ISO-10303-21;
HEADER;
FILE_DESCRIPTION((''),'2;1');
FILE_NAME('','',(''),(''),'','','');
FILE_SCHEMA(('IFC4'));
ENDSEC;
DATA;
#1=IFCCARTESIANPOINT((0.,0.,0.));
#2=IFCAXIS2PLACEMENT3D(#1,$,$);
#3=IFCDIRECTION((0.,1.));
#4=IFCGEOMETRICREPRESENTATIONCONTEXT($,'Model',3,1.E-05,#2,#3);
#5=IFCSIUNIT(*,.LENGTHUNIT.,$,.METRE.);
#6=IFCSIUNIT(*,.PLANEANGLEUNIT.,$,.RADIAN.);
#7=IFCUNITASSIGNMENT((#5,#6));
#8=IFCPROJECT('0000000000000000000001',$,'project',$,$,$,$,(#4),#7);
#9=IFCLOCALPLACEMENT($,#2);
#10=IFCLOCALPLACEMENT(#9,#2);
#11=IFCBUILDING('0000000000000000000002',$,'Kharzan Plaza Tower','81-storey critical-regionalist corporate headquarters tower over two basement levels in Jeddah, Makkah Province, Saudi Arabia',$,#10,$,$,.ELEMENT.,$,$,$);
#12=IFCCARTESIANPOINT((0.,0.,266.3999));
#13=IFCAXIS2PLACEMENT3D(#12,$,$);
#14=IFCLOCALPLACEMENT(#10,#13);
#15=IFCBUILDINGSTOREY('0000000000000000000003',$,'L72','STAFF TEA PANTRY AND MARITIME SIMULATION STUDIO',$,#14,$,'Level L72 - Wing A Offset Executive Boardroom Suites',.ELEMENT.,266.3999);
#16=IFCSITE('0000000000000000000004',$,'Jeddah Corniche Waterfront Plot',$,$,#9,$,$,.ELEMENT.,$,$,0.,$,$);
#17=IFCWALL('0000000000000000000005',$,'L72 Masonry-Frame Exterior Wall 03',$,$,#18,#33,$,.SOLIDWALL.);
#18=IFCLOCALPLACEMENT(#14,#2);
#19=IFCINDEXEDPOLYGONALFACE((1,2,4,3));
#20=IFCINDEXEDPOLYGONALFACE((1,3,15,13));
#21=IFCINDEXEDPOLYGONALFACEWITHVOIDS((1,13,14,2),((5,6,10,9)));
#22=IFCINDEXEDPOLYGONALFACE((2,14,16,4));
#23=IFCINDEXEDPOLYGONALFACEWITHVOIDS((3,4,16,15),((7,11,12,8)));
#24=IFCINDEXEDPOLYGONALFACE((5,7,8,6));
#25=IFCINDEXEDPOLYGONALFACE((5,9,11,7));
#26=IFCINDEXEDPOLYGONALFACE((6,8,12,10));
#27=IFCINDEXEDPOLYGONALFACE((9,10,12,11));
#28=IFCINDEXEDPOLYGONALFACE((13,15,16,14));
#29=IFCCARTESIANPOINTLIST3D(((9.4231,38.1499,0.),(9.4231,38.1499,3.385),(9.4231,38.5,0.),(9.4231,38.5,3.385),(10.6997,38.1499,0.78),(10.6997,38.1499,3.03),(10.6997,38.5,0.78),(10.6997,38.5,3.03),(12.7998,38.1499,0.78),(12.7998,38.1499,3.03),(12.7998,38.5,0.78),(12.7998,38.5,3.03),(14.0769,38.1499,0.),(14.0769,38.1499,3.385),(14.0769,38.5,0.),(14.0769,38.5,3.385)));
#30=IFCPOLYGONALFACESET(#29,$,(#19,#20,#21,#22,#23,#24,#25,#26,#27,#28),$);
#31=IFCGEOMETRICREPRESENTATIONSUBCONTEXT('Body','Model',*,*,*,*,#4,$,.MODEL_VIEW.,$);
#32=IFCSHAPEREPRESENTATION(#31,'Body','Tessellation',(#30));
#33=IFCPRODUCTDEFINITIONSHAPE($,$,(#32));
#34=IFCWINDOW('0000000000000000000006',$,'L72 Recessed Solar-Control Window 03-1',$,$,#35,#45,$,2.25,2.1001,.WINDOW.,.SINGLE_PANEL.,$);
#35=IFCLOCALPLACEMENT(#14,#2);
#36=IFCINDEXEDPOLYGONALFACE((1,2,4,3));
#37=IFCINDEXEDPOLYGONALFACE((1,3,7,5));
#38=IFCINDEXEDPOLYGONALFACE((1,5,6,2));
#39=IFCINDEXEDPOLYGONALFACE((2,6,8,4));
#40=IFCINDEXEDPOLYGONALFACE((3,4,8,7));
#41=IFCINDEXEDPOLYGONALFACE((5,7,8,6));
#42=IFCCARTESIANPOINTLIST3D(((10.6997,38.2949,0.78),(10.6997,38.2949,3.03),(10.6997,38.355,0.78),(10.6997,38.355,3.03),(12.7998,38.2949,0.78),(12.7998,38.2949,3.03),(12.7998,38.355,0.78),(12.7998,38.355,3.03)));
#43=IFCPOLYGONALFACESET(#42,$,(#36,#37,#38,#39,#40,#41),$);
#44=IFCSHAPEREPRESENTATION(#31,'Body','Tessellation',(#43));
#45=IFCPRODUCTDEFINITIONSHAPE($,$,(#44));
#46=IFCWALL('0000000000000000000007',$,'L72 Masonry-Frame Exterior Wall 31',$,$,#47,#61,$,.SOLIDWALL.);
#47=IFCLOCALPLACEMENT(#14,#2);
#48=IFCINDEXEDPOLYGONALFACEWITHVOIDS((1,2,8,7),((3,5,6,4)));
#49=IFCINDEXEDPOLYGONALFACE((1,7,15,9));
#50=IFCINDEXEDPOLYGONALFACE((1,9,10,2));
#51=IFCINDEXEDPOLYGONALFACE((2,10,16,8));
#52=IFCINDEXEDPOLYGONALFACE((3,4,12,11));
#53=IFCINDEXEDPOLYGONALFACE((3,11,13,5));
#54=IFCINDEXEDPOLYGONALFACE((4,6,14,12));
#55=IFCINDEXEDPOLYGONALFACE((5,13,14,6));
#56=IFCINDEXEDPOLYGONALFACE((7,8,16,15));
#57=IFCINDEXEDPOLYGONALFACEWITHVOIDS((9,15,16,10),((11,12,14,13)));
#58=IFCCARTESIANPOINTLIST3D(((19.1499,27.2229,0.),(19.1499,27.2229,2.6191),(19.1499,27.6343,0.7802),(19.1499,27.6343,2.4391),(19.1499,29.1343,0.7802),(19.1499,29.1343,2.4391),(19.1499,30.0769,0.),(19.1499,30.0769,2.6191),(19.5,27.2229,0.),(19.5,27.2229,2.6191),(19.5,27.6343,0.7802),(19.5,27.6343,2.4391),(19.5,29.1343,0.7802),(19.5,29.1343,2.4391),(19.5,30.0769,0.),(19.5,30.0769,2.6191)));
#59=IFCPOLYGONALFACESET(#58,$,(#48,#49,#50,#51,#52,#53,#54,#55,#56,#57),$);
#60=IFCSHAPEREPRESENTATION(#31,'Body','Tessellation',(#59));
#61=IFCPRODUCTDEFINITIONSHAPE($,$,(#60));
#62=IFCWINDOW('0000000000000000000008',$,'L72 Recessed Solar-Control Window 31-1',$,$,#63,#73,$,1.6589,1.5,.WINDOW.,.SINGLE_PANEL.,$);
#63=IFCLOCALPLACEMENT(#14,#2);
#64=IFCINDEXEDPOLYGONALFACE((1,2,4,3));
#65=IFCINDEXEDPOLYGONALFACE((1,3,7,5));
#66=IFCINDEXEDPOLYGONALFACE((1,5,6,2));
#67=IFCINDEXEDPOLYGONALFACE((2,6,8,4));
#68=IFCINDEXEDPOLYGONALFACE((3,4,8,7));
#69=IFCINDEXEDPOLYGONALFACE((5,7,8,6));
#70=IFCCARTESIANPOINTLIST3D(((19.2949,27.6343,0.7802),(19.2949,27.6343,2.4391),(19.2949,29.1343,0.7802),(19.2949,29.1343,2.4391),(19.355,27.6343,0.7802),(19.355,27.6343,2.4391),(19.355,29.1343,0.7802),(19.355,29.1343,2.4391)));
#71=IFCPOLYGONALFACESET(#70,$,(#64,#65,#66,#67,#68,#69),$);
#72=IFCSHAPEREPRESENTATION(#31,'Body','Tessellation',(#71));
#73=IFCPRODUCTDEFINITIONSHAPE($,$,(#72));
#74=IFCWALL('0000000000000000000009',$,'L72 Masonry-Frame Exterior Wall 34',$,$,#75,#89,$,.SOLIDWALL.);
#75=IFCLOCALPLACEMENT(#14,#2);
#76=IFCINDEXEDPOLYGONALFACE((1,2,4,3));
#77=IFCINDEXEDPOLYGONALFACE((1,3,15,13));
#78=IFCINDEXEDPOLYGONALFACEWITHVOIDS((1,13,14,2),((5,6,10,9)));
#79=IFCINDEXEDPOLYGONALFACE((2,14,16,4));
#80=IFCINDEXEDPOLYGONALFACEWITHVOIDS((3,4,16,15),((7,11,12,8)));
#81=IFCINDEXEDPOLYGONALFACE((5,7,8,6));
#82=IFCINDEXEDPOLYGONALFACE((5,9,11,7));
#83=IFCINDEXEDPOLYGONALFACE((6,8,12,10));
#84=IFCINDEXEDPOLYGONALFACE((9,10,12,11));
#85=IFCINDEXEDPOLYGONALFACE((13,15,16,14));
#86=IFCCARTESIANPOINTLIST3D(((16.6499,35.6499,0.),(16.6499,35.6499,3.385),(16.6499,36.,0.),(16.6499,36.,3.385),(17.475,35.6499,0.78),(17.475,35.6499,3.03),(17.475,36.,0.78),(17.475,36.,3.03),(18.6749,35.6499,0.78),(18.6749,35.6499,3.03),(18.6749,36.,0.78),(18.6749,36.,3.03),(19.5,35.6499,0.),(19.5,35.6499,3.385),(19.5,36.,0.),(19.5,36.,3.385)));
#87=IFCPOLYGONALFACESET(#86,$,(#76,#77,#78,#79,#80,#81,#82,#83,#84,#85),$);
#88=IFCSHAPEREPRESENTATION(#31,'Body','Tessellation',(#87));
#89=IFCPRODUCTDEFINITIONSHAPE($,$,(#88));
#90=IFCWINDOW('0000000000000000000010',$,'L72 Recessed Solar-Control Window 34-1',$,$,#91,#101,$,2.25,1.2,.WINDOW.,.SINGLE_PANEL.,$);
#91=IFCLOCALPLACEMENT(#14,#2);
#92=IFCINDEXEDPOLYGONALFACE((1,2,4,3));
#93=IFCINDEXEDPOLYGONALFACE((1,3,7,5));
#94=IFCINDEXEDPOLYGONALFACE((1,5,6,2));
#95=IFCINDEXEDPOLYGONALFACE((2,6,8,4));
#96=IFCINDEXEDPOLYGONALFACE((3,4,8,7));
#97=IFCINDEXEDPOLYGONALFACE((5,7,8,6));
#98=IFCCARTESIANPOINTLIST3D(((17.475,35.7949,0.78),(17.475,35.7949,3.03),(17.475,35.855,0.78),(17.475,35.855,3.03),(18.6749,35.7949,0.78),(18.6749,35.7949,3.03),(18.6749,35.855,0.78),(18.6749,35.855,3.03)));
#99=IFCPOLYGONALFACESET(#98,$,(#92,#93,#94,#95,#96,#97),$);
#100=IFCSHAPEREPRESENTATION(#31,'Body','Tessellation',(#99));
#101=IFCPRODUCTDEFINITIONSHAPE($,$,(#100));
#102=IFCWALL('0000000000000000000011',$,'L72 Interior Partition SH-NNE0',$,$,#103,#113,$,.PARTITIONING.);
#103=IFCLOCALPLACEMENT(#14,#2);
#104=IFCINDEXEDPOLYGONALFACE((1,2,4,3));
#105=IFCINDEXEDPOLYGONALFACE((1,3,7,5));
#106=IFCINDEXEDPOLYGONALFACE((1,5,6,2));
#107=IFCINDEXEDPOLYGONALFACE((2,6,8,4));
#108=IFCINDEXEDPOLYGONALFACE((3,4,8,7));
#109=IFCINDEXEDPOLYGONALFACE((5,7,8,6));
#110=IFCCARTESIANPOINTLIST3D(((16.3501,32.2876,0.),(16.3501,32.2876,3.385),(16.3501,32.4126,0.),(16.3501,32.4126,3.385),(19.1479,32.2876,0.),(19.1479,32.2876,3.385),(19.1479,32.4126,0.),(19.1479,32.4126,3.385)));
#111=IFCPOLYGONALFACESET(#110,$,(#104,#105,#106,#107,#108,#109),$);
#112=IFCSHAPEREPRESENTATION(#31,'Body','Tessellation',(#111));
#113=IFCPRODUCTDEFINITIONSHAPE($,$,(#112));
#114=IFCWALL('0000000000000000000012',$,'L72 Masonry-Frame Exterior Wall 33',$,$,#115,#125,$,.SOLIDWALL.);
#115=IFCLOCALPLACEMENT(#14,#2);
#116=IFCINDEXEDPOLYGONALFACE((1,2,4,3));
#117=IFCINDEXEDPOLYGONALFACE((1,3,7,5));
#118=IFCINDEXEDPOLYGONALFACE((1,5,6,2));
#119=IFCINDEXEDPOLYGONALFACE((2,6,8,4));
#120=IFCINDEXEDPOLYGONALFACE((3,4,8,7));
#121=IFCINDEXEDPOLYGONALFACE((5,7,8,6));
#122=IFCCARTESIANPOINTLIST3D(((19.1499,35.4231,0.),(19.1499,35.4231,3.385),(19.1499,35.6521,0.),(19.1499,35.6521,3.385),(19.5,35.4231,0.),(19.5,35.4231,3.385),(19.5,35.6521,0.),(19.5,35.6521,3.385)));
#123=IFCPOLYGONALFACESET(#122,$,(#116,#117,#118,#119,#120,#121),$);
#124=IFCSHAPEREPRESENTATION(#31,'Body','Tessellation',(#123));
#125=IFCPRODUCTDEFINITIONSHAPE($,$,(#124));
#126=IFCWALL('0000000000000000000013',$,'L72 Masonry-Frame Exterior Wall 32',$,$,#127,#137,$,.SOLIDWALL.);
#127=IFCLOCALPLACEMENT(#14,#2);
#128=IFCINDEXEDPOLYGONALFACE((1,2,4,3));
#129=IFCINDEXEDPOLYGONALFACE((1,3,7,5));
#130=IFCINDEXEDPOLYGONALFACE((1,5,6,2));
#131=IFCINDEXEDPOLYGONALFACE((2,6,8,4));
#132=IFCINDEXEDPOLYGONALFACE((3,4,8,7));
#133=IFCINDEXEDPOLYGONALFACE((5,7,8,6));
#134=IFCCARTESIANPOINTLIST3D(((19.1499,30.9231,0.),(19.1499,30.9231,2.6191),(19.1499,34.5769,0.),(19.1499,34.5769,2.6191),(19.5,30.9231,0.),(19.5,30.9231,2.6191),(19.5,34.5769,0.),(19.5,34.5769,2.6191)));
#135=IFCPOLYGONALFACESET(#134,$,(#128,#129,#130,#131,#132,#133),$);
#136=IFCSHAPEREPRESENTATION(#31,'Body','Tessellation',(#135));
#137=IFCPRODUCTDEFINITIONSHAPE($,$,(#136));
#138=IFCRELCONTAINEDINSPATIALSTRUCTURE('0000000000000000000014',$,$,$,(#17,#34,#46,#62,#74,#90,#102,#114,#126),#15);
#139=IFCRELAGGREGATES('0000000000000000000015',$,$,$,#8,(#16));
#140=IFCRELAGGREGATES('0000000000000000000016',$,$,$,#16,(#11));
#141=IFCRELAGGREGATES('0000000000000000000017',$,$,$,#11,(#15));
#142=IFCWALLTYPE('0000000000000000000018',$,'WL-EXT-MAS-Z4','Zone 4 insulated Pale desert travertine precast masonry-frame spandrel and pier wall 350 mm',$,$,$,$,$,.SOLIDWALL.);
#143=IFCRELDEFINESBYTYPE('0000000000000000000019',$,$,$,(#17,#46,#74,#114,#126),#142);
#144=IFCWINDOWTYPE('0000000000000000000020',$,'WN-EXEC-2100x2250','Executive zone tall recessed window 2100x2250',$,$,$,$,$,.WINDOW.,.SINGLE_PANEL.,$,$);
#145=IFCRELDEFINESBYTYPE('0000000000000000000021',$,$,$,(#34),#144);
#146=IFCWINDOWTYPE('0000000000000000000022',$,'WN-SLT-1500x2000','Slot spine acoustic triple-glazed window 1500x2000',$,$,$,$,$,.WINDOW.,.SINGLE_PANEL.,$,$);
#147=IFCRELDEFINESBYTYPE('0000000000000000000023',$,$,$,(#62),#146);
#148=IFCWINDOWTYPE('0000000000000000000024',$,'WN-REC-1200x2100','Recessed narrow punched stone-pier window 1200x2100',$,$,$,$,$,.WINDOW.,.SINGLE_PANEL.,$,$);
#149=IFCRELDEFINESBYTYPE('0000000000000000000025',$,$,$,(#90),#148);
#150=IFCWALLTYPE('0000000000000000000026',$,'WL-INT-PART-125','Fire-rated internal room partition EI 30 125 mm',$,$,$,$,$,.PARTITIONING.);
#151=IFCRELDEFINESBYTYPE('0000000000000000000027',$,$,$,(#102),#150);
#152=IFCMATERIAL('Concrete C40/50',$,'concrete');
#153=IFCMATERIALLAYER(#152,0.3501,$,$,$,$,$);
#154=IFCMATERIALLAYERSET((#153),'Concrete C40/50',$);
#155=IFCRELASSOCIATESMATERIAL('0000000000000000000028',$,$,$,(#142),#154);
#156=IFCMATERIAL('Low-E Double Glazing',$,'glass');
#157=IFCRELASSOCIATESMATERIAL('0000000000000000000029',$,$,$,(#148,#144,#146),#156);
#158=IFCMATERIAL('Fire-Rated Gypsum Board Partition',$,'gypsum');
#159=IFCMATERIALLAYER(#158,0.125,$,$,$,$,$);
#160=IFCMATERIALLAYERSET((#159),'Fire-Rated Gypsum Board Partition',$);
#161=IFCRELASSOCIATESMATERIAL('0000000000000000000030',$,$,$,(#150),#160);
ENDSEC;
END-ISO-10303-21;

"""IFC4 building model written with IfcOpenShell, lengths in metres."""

from ifc_helpers import new_model, si_unit, direction, frame, frame_2d, origin, place, context, subcontext, project, spatial, rectangle, extrude, source, transform, mapped, material, layer, layer_set, type_object, element, fill, save


model = new_model("IFC4")

# Units and contexts
model_context = context("Model", 3, precision=1e-05, world=origin(), true_north=direction((0.0, 1.0)))
body_context = subcontext(model_context, "Body", "Model", "MODEL_VIEW")
ifc_project = project(units=[si_unit("LENGTHUNIT", "METRE"), si_unit("PLANEANGLEUNIT", "RADIAN")], contexts=[model_context])

# Site, building, storey
site_placement = place(None, origin())
site = spatial("IfcSite", under=ifc_project, at=site_placement, Name="Jeddah Corniche Waterfront Plot", CompositionType="ELEMENT", RefElevation=0.0)
building_placement = place(site_placement, origin())
building = spatial("IfcBuilding", under=site, at=building_placement, Name="Kharzan Plaza Tower", Description="81-storey critical-regionalist corporate headquarters tower over two basement levels in Jeddah, Makkah Province, Saudi Arabia", CompositionType="ELEMENT")
storey_placement = place(building_placement, frame((0.0, 0.0, 266.3999)))
storey = spatial("IfcBuildingStorey", under=building, at=storey_placement, Name="L72", Description="STAFF TEA PANTRY AND MARITIME SIMULATION STUDIO", LongName="Level L72 - Wing A Offset Executive Boardroom Suites", CompositionType="ELEMENT", Elevation=266.3999)

# Walls, openings, windows
ifc_material_1 = material(Name="Concrete C40/50", Category="concrete")
ifc_layer_1 = layer(ifc_material_1, 0.3501)
ifc_layer_set_1 = layer_set([ifc_layer_1], Name="Concrete C40/50")
wall_type_1 = type_object("IfcWallType", Name="WL-EXT-MAS-Z4", Description="Zone 4 insulated Pale desert travertine precast masonry-frame spandrel and pier wall 350 mm", PredefinedType="SOLIDWALL", material=ifc_layer_set_1)
ifc_material_2 = material(Name="Low-E Double Glazing", Category="glass")
window_type_1 = type_object("IfcWindowType", Name="WN-REC-1200x2100", Description="Recessed narrow punched stone-pier window 1200x2100", PartitioningType="SINGLE_PANEL", PredefinedType="WINDOW", material=ifc_material_2)
shared_shape_1 = source(origin(), body_context, "Body", "SweptSolid", [
    extrude(rectangle(XDim=1.2, YDim=2.25, at=frame_2d((0.6001, 1.125))), frame((0.0, 0.03, 0.0), z_axis=(0.0, -1.0, 0.0), x_axis=(1.0, 0.0, 0.0)), (0.0, 0.0, 1.0), 0.0601),
])
wall_1_placement = place(storey_placement, frame((14.0769, 38.325, 0.0), z_axis=(0.0, 0.0, 1.0), x_axis=(-1.0, 0.0, 0.0)))
wall_1 = element("IfcWall", 1, at=wall_1_placement, inside=storey, type_object=wall_type_1, Name="L72 Masonry-Frame Exterior Wall 03", PredefinedType="SOLIDWALL", context=body_context, shape_type="SweptSolid", body=[
    extrude(rectangle(XDim=4.6538, YDim=0.3501, at=frame_2d((2.3269, 0.0))), origin(), (0.0, 0.0, 1.0), 3.385),
])
opening_1_placement = place(wall_1_placement, frame((1.2771, 0.0, 0.78)))
opening_1 = element("IfcOpeningElement", 2, at=opening_1_placement, cuts=wall_1, PredefinedType="OPENING", context=body_context, shape_type="SweptSolid", body=[
    extrude(rectangle(XDim=2.1001, YDim=2.25, at=frame_2d((1.05, 1.125))), frame((0.0, 0.1851, 0.0), z_axis=(0.0, -1.0, 0.0), x_axis=(1.0, 0.0, 0.0)), (0.0, 0.0, 1.0), 0.3701),
])
window_type_2 = type_object("IfcWindowType", Name="WN-EXEC-2100x2250", Description="Executive zone tall recessed window 2100x2250", PartitioningType="SINGLE_PANEL", PredefinedType="WINDOW", material=ifc_material_2)
shared_shape_2 = source(origin(), body_context, "Body", "SweptSolid", [
    extrude(rectangle(XDim=2.1001, YDim=2.25, at=frame_2d((1.05, 1.125))), frame((0.0, 0.03, 0.0), z_axis=(0.0, -1.0, 0.0), x_axis=(1.0, 0.0, 0.0)), (0.0, 0.0, 1.0), 0.0601),
])
window_1_placement = place(opening_1_placement, origin())
window_1 = element("IfcWindow", 3, at=window_1_placement, inside=storey, type_object=window_type_2, Name="L72 Recessed Solar-Control Window 03-1", OverallHeight=2.25, OverallWidth=2.1001, PartitioningType="SINGLE_PANEL", PredefinedType="WINDOW", context=body_context, shape_type="MappedRepresentation", body=[
    mapped(shared_shape_2, transform((0.0, 0.0, 0.0), x_axis=(1.0, 0.0, 0.0), y_axis=(0.0, 1.0, 0.0), z_axis=(0.0, 0.0, 1.0))),
])
fill(opening_1, window_1)
wall_2_placement = place(storey_placement, frame((19.325, 27.2229, 0.0), z_axis=(0.0, 0.0, 1.0), x_axis=(0.0, 1.0, 0.0)))
wall_2 = element("IfcWall", 4, at=wall_2_placement, inside=storey, type_object=wall_type_1, Name="L72 Masonry-Frame Exterior Wall 31", PredefinedType="SOLIDWALL", context=body_context, shape_type="SweptSolid", body=[
    extrude(rectangle(XDim=2.854, YDim=0.3501, at=frame_2d((1.427, 0.0))), origin(), (0.0, 0.0, 1.0), 2.6191),
])
opening_2_placement = place(wall_2_placement, frame((0.4114, 0.0, 0.78)))
opening_2 = element("IfcOpeningElement", 5, at=opening_2_placement, cuts=wall_2, PredefinedType="OPENING", context=body_context, shape_type="SweptSolid", body=[
    extrude(rectangle(XDim=1.5, YDim=1.6589, at=frame_2d((0.75, 0.8296))), frame((0.0, 0.1851, 0.0), z_axis=(0.0, -1.0, 0.0), x_axis=(1.0, 0.0, 0.0)), (0.0, 0.0, 1.0), 0.3701),
])
window_type_3 = type_object("IfcWindowType", Name="WN-SLT-1500x2000", Description="Slot spine acoustic triple-glazed window 1500x2000", PartitioningType="SINGLE_PANEL", PredefinedType="WINDOW", material=ifc_material_2)
shared_shape_3 = source(origin(), body_context, "Body", "SweptSolid", [
    extrude(rectangle(XDim=1.5, YDim=1.6589, at=frame_2d((0.75, 0.8296))), frame((0.0, 0.03, 0.0), z_axis=(0.0, -1.0, 0.0), x_axis=(1.0, 0.0, 0.0)), (0.0, 0.0, 1.0), 0.0601),
])
window_2_placement = place(opening_2_placement, origin())
window_2 = element("IfcWindow", 6, at=window_2_placement, inside=storey, type_object=window_type_3, Name="L72 Recessed Solar-Control Window 31-1", OverallHeight=1.6589, OverallWidth=1.5, PartitioningType="SINGLE_PANEL", PredefinedType="WINDOW", context=body_context, shape_type="MappedRepresentation", body=[
    mapped(shared_shape_3, transform((0.0, 0.0, 0.0), x_axis=(1.0, 0.0, 0.0), y_axis=(0.0, 1.0, 0.0), z_axis=(0.0, 0.0, 1.0))),
])
fill(opening_2, window_2)
wall_3_placement = place(storey_placement, frame((19.5, 35.825, 0.0), z_axis=(0.0, 0.0, 1.0), x_axis=(-1.0, 0.0, 0.0)))
wall_3 = element("IfcWall", 7, at=wall_3_placement, inside=storey, type_object=wall_type_1, Name="L72 Masonry-Frame Exterior Wall 34", PredefinedType="SOLIDWALL", context=body_context, shape_type="SweptSolid", body=[
    extrude(rectangle(XDim=2.8501, YDim=0.3501, at=frame_2d((1.425, 0.0))), origin(), (0.0, 0.0, 1.0), 3.385),
])
opening_3_placement = place(wall_3_placement, frame((0.825, 0.0, 0.78)))
opening_3 = element("IfcOpeningElement", 8, at=opening_3_placement, cuts=wall_3, PredefinedType="OPENING", context=body_context, shape_type="SweptSolid", body=[
    extrude(rectangle(XDim=1.2, YDim=2.25, at=frame_2d((0.6001, 1.125))), frame((0.0, 0.1851, 0.0), z_axis=(0.0, -1.0, 0.0), x_axis=(1.0, 0.0, 0.0)), (0.0, 0.0, 1.0), 0.3701),
])
window_3_placement = place(opening_3_placement, origin())
window_3 = element("IfcWindow", 9, at=window_3_placement, inside=storey, type_object=window_type_1, Name="L72 Recessed Solar-Control Window 34-1", OverallHeight=2.25, OverallWidth=1.2, PartitioningType="SINGLE_PANEL", PredefinedType="WINDOW", context=body_context, shape_type="MappedRepresentation", body=[
    mapped(shared_shape_1, transform((0.0, 0.0, 0.0), x_axis=(1.0, 0.0, 0.0), y_axis=(0.0, 1.0, 0.0), z_axis=(0.0, 0.0, 1.0))),
])
fill(opening_3, window_3)

# Walls
ifc_material_3 = material(Name="Fire-Rated Gypsum Board Partition", Category="gypsum")
ifc_layer_2 = layer(ifc_material_3, 0.125)
ifc_layer_set_2 = layer_set([ifc_layer_2], Name="Fire-Rated Gypsum Board Partition")
wall_type_2 = type_object("IfcWallType", Name="WL-INT-PART-125", Description="Fire-rated internal room partition EI 30 125 mm", PredefinedType="PARTITIONING", material=ifc_layer_set_2)
shared_shape_4 = source(origin(), body_context, "Body", "SweptSolid", [
    extrude(rectangle(XDim=2.7979, YDim=0.125, at=frame_2d((1.3989, 0.0))), origin(), (0.0, 0.0, 1.0), 3.385),
])
wall_4_placement = place(storey_placement, frame((16.3501, 32.3501, 0.0), z_axis=(0.0, 0.0, 1.0), x_axis=(1.0, 0.0, 0.0)))
element("IfcWall", 10, at=wall_4_placement, inside=storey, type_object=wall_type_2, Name="L72 Interior Partition SH-NNE0", PredefinedType="PARTITIONING", context=body_context, shape_type="MappedRepresentation", body=[
    mapped(shared_shape_4, transform((0.0, 0.0, 0.0), x_axis=(1.0, 0.0, 0.0), y_axis=(0.0, 1.0, 0.0), z_axis=(0.0, 0.0, 1.0))),
])
shared_shape_5 = source(origin(), body_context, "Body", "SweptSolid", [
    extrude(rectangle(XDim=0.229, YDim=0.3501, at=frame_2d((0.1145, 0.0))), origin(), (0.0, 0.0, 1.0), 3.385),
])
wall_5_placement = place(storey_placement, frame((19.325, 35.4231, 0.0), z_axis=(0.0, 0.0, 1.0), x_axis=(0.0, 1.0, 0.0)))
element("IfcWall", 11, at=wall_5_placement, inside=storey, type_object=wall_type_1, Name="L72 Masonry-Frame Exterior Wall 33", PredefinedType="SOLIDWALL", context=body_context, shape_type="MappedRepresentation", body=[
    mapped(shared_shape_5, transform((0.0, 0.0, 0.0), x_axis=(1.0, 0.0, 0.0), y_axis=(0.0, 1.0, 0.0), z_axis=(0.0, 0.0, 1.0))),
])
shared_shape_6 = source(origin(), body_context, "Body", "SweptSolid", [
    extrude(rectangle(XDim=3.6538, YDim=0.3501, at=frame_2d((1.8269, 0.0))), origin(), (0.0, 0.0, 1.0), 2.6191),
])
wall_6_placement = place(storey_placement, frame((19.325, 30.9231, 0.0), z_axis=(0.0, 0.0, 1.0), x_axis=(0.0, 1.0, 0.0)))
element("IfcWall", 12, at=wall_6_placement, inside=storey, type_object=wall_type_1, Name="L72 Masonry-Frame Exterior Wall 32", PredefinedType="SOLIDWALL", context=body_context, shape_type="MappedRepresentation", body=[
    mapped(shared_shape_6, transform((0.0, 0.0, 0.0), x_axis=(1.0, 0.0, 0.0), y_axis=(0.0, 1.0, 0.0), z_axis=(0.0, 0.0, 1.0))),
])

save(model, "model.ifc")
